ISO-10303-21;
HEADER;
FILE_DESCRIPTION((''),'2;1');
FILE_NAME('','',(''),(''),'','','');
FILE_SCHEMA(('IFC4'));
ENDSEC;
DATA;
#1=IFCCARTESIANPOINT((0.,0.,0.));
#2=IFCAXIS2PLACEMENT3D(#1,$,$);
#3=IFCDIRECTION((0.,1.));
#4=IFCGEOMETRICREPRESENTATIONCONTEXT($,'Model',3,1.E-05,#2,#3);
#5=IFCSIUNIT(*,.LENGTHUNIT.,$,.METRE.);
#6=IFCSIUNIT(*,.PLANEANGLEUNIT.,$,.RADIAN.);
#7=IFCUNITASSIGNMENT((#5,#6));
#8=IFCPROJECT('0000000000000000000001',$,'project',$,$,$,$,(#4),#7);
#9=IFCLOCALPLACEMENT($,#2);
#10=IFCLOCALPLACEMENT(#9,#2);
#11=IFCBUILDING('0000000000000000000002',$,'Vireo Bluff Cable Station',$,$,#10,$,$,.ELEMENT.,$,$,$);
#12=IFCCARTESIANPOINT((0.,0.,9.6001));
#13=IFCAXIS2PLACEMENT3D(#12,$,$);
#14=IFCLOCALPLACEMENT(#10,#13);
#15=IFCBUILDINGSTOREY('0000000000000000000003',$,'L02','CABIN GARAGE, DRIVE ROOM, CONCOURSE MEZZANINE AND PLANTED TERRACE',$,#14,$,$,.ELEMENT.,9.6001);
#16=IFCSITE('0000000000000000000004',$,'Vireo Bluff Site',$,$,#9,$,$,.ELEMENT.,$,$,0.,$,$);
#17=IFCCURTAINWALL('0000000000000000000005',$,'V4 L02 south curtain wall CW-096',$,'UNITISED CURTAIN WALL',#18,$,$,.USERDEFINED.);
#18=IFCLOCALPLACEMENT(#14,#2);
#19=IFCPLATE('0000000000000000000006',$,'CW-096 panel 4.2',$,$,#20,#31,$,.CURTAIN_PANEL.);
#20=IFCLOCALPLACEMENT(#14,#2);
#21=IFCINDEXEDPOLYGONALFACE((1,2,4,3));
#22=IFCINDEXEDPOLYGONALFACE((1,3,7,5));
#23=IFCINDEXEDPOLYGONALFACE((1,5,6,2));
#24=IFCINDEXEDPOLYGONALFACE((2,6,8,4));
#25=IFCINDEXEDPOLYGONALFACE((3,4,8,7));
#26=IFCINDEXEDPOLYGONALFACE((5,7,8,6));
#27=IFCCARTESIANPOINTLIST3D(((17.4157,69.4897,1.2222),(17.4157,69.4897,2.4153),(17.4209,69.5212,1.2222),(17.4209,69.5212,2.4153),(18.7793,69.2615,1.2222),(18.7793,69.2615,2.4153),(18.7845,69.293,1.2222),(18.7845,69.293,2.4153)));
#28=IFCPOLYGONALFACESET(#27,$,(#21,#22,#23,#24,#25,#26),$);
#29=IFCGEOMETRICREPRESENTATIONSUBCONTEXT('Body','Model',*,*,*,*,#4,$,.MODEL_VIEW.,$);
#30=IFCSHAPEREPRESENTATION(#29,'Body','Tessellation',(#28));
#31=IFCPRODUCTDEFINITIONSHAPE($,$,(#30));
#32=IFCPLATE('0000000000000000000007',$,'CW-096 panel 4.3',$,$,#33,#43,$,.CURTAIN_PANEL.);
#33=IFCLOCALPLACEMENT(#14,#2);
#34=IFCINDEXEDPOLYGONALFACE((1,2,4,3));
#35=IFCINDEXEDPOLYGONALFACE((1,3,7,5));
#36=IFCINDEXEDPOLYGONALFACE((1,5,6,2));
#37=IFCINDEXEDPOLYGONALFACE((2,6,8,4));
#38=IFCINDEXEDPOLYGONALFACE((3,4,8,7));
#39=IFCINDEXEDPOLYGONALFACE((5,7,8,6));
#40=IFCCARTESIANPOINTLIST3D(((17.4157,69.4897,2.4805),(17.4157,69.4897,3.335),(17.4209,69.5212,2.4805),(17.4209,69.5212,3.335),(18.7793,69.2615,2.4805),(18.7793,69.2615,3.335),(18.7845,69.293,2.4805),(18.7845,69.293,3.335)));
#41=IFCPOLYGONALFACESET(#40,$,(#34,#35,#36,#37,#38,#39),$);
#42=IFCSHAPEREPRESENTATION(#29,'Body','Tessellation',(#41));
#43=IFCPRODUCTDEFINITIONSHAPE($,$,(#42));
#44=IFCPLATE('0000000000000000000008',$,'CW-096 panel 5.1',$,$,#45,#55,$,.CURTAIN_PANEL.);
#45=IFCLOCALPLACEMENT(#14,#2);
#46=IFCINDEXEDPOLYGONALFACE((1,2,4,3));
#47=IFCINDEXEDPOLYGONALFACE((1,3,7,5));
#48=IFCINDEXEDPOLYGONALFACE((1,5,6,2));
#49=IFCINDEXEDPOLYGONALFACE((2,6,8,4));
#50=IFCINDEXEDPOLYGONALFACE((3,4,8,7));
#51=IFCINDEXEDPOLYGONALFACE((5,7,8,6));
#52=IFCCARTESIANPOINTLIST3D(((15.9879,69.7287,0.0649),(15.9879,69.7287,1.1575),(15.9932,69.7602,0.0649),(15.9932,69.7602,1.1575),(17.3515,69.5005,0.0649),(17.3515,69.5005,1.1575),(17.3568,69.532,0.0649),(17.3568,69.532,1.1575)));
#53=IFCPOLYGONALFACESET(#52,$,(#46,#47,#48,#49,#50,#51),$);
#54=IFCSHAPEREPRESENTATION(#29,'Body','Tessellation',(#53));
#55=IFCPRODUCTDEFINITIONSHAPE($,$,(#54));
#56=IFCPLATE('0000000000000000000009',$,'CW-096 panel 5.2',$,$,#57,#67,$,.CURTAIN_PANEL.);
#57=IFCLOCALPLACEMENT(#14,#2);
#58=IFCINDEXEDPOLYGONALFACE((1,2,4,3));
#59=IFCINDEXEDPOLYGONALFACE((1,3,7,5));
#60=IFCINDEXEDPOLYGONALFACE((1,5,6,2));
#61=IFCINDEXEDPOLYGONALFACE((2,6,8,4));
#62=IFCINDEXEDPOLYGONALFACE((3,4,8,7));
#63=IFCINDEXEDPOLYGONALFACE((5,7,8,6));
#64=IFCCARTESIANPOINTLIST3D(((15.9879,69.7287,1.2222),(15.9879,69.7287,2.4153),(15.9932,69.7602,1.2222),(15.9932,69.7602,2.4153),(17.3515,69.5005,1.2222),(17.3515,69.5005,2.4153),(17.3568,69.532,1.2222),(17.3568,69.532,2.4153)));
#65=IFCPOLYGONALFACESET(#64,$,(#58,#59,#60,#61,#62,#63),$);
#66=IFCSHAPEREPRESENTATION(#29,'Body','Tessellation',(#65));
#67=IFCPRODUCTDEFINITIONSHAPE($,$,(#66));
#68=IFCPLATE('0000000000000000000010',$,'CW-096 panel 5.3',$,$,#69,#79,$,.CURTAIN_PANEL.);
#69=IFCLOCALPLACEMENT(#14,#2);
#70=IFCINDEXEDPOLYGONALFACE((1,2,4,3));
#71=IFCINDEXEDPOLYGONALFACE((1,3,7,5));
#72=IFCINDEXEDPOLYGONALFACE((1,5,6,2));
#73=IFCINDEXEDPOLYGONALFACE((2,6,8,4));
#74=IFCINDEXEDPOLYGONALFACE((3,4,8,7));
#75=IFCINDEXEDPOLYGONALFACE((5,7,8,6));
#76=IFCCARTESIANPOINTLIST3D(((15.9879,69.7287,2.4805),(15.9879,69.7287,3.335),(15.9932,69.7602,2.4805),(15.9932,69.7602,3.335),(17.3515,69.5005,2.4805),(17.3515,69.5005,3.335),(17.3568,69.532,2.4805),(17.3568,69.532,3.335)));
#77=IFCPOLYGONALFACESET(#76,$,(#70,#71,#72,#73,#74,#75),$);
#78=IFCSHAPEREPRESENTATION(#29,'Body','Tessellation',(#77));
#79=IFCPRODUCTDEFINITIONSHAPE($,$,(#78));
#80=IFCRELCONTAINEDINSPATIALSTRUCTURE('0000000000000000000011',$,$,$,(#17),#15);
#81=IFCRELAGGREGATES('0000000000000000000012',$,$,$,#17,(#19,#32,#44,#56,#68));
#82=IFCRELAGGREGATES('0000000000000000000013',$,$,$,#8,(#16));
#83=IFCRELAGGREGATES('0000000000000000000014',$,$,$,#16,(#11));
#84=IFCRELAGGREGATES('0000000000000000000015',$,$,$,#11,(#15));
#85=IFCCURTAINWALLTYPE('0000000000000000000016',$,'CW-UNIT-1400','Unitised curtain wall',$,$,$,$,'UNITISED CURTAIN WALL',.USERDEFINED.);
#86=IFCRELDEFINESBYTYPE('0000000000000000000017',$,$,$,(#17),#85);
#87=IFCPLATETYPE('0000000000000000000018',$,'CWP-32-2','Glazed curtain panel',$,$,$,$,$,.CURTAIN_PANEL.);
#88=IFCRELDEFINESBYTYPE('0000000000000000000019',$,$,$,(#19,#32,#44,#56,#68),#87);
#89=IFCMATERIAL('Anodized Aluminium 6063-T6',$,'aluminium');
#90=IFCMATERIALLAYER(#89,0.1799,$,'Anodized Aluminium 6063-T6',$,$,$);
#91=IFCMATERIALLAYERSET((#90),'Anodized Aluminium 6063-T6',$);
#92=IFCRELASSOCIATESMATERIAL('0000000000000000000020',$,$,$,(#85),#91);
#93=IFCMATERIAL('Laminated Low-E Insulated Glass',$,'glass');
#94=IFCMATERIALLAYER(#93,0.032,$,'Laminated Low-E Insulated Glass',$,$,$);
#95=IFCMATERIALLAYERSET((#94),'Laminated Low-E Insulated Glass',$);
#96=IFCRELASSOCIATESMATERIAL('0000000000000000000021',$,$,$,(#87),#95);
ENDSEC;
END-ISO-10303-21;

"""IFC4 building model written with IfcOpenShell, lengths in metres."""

from ifc_helpers import new_model, si_unit, direction, frame, origin, origin_2d, place, context, subcontext, project, spatial, rectangle, extrude, material, layer, layer_set, type_object, element, aggregate, save


model = new_model("IFC4")

# Units and contexts
model_context = context("Model", 3, precision=1e-05, world=origin(), true_north=direction((0.0, 1.0)))
body_context = subcontext(model_context, "Body", "Model", "MODEL_VIEW")
ifc_project = project(units=[si_unit("LENGTHUNIT", "METRE"), si_unit("PLANEANGLEUNIT", "RADIAN")], contexts=[model_context])

# Site, building, storey
site_placement = place(None, origin())
site = spatial("IfcSite", under=ifc_project, at=site_placement, Name="Vireo Bluff Site", CompositionType="ELEMENT", RefElevation=0.0)
building_placement = place(site_placement, origin())
building = spatial("IfcBuilding", under=site, at=building_placement, Name="Vireo Bluff Cable Station", CompositionType="ELEMENT")
storey_placement = place(building_placement, frame((0.0, 0.0, 9.6001)))
storey = spatial("IfcBuildingStorey", under=building, at=storey_placement, Name="L02", Description="CABIN GARAGE, DRIVE ROOM, CONCOURSE MEZZANINE AND PLANTED TERRACE", CompositionType="ELEMENT", Elevation=9.6001)

# Curtain wall
ifc_material_1 = material(Name="Anodized Aluminium 6063-T6", Category="aluminium")
ifc_layer_1 = layer(ifc_material_1, 0.1799, Name="Anodized Aluminium 6063-T6")
ifc_layer_set_1 = layer_set([ifc_layer_1], Name="Anodized Aluminium 6063-T6")
curtain_wall_type = type_object("IfcCurtainWallType", Name="CW-UNIT-1400", Description="Unitised curtain wall", ElementType="UNITISED CURTAIN WALL", PredefinedType="USERDEFINED", material=ifc_layer_set_1)
curtain_wall_placement = place(storey_placement, origin())
curtain_wall = element("IfcCurtainWall", 1, at=curtain_wall_placement, inside=storey, type_object=curtain_wall_type, Name="V4 L02 south curtain wall CW-096", ObjectType="UNITISED CURTAIN WALL", PredefinedType="USERDEFINED")

# Plates
ifc_material_2 = material(Name="Laminated Low-E Insulated Glass", Category="glass")
ifc_layer_2 = layer(ifc_material_2, 0.032, Name="Laminated Low-E Insulated Glass")
ifc_layer_set_2 = layer_set([ifc_layer_2], Name="Laminated Low-E Insulated Glass")
plate_type = type_object("IfcPlateType", Name="CWP-32-2", Description="Glazed curtain panel", PredefinedType="CURTAIN_PANEL", material=ifc_layer_set_2)
plate_1_placement = place(storey_placement, frame((18.1001, 69.3914, 1.2222), z_axis=(0.0, 0.0, 1.0), x_axis=(-0.986286, 0.165048, 0.0)))
plate_1 = element("IfcPlate", 2, at=plate_1_placement, type_object=plate_type, Name="CW-096 panel 4.2", PredefinedType="CURTAIN_PANEL", context=body_context, shape_type="SweptSolid", body=[
    extrude(rectangle(XDim=1.3826, YDim=0.032, at=origin_2d()), origin(), (0.0, 0.0, 1.0), 1.1931),
])
plate_2_placement = place(storey_placement, frame((18.1001, 69.3914, 2.4805), z_axis=(0.0, 0.0, 1.0), x_axis=(-0.986286, 0.165048, 0.0)))
plate_2 = element("IfcPlate", 3, at=plate_2_placement, type_object=plate_type, Name="CW-096 panel 4.3", PredefinedType="CURTAIN_PANEL", context=body_context, shape_type="SweptSolid", body=[
    extrude(rectangle(XDim=1.3826, YDim=0.032, at=origin_2d()), origin(), (0.0, 0.0, 1.0), 0.8545),
])
plate_3_placement = place(storey_placement, frame((16.6724, 69.6304, 0.0649), z_axis=(0.0, 0.0, 1.0), x_axis=(-0.986286, 0.165048, 0.0)))
plate_3 = element("IfcPlate", 4, at=plate_3_placement, type_object=plate_type, Name="CW-096 panel 5.1", PredefinedType="CURTAIN_PANEL", context=body_context, shape_type="SweptSolid", body=[
    extrude(rectangle(XDim=1.3826, YDim=0.032, at=origin_2d()), origin(), (0.0, 0.0, 1.0), 1.0925),
])
plate_4_placement = place(storey_placement, frame((16.6724, 69.6304, 1.2222), z_axis=(0.0, 0.0, 1.0), x_axis=(-0.986286, 0.165048, 0.0)))
plate_4 = element("IfcPlate", 5, at=plate_4_placement, type_object=plate_type, Name="CW-096 panel 5.2", PredefinedType="CURTAIN_PANEL", context=body_context, shape_type="SweptSolid", body=[
    extrude(rectangle(XDim=1.3826, YDim=0.032, at=origin_2d()), origin(), (0.0, 0.0, 1.0), 1.1931),
])
plate_5_placement = place(storey_placement, frame((16.6724, 69.6304, 2.4805), z_axis=(0.0, 0.0, 1.0), x_axis=(-0.986286, 0.165048, 0.0)))
plate_5 = element("IfcPlate", 6, at=plate_5_placement, type_object=plate_type, Name="CW-096 panel 5.3", PredefinedType="CURTAIN_PANEL", context=body_context, shape_type="SweptSolid", body=[
    extrude(rectangle(XDim=1.3826, YDim=0.032, at=origin_2d()), origin(), (0.0, 0.0, 1.0), 0.8545),
])
aggregate(curtain_wall, [plate_1, plate_2, plate_3, plate_4, plate_5])

save(model, "model.ifc")
